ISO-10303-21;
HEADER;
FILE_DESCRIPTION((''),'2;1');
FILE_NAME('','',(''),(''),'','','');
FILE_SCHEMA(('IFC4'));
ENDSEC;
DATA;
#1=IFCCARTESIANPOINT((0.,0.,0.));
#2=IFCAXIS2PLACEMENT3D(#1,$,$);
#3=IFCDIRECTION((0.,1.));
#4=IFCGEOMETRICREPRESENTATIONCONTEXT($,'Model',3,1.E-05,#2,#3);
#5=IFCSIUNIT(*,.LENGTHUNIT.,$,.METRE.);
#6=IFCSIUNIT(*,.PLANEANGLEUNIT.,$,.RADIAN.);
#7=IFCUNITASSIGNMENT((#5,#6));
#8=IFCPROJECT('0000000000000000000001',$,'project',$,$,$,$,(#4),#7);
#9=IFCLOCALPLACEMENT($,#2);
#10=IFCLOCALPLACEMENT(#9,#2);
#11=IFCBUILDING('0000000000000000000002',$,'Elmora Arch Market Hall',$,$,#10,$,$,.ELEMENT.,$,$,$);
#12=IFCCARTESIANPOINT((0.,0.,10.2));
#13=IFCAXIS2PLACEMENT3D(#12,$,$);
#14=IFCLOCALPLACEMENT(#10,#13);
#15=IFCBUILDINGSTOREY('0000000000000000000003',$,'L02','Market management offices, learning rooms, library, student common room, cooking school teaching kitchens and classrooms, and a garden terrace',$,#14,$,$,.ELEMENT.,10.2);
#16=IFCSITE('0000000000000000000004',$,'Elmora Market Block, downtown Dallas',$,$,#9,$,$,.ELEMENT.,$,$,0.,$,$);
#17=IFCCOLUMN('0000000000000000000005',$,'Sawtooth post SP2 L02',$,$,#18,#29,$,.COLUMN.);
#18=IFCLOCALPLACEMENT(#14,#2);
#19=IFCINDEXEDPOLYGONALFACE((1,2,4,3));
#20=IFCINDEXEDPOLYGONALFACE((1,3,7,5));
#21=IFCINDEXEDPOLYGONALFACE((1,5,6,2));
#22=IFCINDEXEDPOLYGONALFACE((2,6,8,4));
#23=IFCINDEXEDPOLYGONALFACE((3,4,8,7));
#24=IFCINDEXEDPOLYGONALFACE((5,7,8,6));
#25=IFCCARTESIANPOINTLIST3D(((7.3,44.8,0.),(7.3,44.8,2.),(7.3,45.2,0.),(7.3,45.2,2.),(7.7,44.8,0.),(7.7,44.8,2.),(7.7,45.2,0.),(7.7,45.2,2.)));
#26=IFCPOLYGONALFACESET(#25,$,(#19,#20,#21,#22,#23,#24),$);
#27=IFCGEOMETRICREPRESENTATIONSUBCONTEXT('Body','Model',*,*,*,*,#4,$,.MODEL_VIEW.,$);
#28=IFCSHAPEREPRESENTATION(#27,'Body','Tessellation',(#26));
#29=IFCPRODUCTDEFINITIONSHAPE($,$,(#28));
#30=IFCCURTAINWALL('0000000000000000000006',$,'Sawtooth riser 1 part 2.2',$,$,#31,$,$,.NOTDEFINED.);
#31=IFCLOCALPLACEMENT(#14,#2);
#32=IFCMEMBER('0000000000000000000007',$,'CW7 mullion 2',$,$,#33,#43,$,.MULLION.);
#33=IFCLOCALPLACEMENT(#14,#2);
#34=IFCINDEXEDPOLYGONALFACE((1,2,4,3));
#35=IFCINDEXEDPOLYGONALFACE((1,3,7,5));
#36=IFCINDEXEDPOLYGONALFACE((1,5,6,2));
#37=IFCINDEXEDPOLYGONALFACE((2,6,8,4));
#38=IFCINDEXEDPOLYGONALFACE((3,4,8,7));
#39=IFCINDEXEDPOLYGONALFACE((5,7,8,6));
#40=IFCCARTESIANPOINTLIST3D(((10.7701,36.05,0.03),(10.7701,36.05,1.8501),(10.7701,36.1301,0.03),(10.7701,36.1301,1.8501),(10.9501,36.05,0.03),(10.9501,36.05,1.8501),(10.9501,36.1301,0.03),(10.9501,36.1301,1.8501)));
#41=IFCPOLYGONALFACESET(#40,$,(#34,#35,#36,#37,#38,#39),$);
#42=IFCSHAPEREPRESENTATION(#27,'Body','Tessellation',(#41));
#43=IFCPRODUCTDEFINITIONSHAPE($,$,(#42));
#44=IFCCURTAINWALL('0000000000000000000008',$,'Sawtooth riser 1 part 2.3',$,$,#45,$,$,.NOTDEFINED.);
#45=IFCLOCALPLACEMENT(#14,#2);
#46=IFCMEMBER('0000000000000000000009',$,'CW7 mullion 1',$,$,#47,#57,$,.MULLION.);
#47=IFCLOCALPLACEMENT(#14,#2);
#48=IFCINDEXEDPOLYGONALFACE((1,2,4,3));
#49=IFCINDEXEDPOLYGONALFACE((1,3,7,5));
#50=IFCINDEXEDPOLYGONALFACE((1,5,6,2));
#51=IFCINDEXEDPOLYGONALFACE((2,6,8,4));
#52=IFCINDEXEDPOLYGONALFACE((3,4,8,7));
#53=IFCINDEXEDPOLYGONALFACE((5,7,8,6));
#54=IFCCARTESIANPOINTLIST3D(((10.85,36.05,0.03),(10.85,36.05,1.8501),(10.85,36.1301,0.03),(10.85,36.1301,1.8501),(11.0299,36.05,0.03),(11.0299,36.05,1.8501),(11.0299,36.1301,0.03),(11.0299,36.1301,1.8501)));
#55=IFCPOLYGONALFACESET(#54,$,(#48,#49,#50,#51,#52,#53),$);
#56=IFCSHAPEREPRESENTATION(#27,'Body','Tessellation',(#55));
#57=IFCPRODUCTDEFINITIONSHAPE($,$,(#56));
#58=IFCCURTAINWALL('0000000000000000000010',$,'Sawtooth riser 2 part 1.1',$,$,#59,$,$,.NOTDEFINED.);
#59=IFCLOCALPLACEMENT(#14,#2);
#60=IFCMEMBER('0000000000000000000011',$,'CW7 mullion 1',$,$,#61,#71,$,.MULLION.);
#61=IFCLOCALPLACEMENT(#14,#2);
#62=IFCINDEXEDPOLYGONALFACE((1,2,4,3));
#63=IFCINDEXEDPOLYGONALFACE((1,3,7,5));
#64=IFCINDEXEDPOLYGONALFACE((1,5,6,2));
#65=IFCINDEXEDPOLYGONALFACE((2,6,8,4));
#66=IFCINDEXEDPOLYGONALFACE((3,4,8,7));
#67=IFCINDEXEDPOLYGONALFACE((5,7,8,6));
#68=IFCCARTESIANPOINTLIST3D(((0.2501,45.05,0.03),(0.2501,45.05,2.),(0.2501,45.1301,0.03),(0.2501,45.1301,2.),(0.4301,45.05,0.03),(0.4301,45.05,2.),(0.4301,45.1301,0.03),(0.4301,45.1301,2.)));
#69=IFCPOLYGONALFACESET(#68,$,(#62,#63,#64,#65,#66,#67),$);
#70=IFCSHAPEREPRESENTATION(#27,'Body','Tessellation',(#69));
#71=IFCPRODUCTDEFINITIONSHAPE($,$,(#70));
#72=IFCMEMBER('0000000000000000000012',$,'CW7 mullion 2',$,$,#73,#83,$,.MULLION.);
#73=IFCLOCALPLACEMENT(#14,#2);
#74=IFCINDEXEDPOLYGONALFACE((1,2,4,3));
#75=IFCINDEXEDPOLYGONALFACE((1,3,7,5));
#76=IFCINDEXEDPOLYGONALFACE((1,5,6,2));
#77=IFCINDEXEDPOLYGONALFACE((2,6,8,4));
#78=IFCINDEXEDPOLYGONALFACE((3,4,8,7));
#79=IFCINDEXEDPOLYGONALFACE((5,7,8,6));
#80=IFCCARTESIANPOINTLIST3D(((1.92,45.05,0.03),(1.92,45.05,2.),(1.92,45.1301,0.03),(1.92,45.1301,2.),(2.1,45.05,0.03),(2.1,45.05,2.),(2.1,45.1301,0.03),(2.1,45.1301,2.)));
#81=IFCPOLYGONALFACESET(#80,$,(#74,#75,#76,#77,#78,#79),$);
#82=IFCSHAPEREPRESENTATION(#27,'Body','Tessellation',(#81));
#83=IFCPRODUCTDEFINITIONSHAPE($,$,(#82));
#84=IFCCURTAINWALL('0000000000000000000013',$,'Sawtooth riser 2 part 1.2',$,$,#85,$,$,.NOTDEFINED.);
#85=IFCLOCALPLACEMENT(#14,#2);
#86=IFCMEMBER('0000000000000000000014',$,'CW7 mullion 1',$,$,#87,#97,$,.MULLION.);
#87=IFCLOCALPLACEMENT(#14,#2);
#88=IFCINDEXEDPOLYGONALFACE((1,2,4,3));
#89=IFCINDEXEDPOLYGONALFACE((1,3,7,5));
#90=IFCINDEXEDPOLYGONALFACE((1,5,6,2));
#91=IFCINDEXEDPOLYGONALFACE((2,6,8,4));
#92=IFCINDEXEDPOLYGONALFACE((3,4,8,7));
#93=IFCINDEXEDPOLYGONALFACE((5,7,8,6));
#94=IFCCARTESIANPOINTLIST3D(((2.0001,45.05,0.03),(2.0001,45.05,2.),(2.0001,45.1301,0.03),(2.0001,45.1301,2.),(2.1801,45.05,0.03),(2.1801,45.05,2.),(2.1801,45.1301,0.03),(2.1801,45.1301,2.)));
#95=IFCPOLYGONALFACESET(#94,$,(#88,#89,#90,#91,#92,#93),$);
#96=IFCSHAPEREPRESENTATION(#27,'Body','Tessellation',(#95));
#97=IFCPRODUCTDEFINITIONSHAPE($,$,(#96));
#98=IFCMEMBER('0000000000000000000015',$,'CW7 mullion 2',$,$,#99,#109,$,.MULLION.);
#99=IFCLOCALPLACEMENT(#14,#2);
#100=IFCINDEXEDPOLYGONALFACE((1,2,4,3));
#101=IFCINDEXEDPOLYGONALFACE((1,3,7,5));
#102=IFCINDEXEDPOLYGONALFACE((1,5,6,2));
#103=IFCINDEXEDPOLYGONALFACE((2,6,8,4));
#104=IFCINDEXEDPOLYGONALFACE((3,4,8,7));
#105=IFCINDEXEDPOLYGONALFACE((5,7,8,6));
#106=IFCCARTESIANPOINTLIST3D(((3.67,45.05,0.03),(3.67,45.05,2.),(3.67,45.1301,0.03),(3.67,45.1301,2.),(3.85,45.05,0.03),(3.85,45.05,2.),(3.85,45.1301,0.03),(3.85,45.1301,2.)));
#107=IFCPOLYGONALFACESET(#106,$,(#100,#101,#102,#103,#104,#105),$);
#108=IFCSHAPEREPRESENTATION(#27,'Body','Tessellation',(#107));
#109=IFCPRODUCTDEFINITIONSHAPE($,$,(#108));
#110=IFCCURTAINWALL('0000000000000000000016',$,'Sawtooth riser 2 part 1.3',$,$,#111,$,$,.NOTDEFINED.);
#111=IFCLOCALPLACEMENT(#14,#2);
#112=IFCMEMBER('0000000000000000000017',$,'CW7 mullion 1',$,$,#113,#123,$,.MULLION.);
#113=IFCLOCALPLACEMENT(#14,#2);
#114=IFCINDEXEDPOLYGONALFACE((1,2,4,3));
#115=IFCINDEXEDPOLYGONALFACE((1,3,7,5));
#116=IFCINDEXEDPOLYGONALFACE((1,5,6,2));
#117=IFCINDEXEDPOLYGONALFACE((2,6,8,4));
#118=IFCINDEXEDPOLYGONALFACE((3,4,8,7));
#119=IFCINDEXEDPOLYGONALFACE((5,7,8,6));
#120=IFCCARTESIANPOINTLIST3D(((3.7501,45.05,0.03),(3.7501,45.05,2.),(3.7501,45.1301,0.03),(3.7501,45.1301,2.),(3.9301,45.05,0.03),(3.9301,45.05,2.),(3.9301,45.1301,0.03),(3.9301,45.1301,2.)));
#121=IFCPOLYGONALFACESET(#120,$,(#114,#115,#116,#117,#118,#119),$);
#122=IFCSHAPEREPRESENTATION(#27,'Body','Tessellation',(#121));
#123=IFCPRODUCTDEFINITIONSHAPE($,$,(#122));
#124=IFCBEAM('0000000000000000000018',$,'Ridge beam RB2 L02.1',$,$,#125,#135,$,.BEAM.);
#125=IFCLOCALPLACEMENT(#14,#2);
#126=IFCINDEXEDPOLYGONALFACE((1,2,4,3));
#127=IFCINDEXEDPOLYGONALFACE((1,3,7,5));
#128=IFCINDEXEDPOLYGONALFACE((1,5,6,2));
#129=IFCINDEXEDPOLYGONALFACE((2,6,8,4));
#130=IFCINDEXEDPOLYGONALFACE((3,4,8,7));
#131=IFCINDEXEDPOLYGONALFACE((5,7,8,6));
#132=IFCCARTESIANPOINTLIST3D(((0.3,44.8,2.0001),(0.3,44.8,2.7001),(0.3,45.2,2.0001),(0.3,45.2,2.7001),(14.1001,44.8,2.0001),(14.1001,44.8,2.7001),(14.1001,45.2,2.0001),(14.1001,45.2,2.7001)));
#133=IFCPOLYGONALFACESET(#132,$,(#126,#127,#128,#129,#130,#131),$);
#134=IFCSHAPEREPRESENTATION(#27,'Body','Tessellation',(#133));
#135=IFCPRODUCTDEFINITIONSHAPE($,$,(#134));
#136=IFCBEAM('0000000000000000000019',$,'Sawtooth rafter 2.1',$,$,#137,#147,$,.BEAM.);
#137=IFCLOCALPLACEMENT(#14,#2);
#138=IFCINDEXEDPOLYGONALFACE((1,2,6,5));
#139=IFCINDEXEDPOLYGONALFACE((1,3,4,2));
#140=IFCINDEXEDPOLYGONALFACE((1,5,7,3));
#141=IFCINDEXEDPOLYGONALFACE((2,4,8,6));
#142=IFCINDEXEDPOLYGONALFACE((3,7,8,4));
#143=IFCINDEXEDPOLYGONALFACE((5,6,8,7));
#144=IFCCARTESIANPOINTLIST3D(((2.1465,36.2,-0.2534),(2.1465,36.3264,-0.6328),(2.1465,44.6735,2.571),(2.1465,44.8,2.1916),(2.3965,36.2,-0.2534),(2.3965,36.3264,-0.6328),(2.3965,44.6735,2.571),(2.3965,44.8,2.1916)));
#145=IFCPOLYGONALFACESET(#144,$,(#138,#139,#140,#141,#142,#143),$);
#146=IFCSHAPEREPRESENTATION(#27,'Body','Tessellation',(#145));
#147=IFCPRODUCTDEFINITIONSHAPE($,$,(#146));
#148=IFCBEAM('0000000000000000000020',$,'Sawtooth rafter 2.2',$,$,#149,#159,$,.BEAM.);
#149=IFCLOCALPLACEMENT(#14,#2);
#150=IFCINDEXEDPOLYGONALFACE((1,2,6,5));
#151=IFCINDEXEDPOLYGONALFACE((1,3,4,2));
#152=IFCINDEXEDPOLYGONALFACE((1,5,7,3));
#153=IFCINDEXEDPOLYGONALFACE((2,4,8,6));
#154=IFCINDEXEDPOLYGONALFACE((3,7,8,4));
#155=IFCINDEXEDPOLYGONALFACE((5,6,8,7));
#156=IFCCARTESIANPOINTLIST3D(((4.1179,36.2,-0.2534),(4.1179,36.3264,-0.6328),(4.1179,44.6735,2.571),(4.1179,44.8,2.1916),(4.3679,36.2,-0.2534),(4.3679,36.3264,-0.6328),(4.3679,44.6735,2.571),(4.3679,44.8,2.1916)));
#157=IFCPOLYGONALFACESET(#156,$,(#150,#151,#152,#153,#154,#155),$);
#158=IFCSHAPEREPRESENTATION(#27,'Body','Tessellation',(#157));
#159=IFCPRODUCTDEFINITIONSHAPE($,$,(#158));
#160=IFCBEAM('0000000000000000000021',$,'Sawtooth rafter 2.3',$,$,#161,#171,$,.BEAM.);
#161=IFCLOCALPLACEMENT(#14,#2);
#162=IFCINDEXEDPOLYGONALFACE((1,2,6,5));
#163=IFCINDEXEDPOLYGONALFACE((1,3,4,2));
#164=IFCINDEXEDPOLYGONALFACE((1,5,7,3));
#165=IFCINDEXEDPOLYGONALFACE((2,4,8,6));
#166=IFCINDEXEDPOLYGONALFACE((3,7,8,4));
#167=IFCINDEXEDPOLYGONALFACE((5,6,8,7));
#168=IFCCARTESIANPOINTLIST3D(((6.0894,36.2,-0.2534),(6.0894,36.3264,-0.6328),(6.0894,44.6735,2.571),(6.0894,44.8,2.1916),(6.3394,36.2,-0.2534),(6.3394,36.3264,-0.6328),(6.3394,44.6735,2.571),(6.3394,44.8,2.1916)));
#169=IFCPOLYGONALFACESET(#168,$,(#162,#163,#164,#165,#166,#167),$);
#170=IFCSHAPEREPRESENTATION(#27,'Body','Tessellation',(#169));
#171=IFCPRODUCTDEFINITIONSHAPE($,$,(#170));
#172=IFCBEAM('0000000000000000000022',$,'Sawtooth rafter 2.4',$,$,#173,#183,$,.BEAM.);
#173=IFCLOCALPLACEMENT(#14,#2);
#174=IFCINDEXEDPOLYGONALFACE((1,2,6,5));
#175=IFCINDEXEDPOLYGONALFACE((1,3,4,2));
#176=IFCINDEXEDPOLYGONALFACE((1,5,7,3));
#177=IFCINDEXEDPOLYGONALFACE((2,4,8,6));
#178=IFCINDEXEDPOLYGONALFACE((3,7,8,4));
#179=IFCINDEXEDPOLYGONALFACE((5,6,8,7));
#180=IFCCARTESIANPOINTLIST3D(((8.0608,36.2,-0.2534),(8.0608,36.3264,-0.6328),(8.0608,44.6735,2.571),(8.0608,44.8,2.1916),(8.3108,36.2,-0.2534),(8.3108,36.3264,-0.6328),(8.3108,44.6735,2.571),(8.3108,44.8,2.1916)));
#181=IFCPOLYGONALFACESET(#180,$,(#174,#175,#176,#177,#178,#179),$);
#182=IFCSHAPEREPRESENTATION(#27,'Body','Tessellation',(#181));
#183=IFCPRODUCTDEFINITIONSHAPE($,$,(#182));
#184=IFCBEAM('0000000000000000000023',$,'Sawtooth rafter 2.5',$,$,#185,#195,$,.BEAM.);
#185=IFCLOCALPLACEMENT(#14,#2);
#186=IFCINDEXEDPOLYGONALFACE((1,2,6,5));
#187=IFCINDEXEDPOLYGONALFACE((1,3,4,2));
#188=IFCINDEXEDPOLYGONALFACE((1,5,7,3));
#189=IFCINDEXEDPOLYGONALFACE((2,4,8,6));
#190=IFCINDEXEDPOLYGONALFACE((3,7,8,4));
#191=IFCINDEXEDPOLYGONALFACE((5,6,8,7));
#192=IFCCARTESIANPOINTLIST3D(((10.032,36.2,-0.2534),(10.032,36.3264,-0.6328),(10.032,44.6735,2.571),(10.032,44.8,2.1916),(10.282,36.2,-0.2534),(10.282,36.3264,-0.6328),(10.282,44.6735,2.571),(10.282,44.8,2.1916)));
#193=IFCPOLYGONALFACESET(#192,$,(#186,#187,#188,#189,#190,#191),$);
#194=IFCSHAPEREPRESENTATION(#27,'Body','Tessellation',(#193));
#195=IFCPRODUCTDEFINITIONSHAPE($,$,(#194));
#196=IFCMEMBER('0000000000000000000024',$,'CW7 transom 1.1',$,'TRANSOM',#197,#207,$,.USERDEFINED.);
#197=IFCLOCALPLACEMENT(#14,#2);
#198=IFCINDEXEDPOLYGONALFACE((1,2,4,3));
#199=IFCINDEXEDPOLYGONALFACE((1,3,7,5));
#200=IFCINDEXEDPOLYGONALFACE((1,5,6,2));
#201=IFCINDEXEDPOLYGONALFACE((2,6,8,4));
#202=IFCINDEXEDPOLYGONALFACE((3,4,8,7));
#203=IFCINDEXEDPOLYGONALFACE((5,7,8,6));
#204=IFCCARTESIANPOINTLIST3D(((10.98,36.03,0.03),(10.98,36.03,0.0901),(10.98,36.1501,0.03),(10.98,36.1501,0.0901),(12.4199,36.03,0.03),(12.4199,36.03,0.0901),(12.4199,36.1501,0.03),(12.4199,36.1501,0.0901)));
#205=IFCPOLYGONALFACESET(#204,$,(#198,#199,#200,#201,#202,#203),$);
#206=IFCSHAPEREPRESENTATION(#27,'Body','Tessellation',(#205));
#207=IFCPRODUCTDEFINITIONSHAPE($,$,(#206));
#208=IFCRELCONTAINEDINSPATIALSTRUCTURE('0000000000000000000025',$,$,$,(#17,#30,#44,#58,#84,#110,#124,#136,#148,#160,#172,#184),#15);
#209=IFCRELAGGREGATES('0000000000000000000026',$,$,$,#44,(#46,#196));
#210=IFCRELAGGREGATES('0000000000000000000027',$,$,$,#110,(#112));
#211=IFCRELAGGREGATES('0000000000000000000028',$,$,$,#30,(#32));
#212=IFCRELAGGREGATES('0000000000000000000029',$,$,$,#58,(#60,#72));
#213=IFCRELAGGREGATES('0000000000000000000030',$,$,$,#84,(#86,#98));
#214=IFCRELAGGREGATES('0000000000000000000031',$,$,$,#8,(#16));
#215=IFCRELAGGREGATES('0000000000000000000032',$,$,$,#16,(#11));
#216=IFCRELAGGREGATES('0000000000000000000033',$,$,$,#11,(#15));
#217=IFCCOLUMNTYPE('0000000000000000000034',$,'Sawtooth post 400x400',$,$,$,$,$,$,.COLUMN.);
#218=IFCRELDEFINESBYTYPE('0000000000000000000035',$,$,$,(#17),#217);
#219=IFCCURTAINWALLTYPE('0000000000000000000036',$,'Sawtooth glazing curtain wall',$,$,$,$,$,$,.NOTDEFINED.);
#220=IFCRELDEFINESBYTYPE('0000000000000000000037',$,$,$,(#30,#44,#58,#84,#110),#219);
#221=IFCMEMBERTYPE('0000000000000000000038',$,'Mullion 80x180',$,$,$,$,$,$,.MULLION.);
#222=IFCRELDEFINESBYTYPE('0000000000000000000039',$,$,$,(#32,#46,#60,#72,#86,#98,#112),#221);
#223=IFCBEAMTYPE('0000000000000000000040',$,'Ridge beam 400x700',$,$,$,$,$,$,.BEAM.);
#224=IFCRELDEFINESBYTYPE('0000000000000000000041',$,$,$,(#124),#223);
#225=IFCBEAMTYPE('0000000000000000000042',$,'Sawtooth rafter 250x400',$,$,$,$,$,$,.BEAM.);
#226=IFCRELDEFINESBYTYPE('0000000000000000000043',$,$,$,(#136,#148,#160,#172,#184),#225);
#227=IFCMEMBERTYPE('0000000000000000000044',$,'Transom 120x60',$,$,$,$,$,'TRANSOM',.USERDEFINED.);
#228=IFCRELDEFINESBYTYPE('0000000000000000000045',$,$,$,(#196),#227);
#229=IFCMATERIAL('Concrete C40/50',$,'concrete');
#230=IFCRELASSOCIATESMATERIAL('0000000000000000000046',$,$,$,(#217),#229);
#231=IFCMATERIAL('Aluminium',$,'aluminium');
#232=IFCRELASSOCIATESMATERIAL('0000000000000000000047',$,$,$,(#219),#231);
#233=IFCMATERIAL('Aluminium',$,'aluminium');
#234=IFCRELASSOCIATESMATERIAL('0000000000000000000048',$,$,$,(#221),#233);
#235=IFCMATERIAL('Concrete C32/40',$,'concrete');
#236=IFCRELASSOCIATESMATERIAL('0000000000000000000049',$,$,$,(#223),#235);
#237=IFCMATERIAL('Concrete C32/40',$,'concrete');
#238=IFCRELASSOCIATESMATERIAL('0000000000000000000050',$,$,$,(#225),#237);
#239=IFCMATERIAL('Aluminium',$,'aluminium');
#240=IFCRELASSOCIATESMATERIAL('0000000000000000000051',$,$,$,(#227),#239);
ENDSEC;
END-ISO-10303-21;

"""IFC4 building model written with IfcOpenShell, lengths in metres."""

from ifc_helpers import new_model, si_unit, direction, frame, origin, origin_2d, place, context, subcontext, project, spatial, rectangle, extrude, material, material_profile, profile_set, type_object, element, aggregate, save


model = new_model("IFC4")

# Units and contexts
model_context = context("Model", 3, precision=1e-05, world=origin(), true_north=direction((0.0, 1.0)))
body_context = subcontext(model_context, "Body", "Model", "MODEL_VIEW")
ifc_project = project(units=[si_unit("LENGTHUNIT", "METRE"), si_unit("PLANEANGLEUNIT", "RADIAN")], contexts=[model_context])

# Site, building, storey
site_placement = place(None, origin())
site = spatial("IfcSite", under=ifc_project, at=site_placement, Name="Elmora Market Block, downtown Dallas", CompositionType="ELEMENT", RefElevation=0.0)
building_placement = place(site_placement, origin())
building = spatial("IfcBuilding", under=site, at=building_placement, Name="Elmora Arch Market Hall", CompositionType="ELEMENT")
storey_placement = place(building_placement, frame((0.0, 0.0, 10.2)))
storey = spatial("IfcBuildingStorey", under=building, at=storey_placement, Name="L02", Description="Market management offices, learning rooms, library, student common room, cooking school teaching kitchens and classrooms, and a garden terrace", CompositionType="ELEMENT", Elevation=10.2)

# Column
ifc_material_1 = material(Name="Concrete C40/50", Category="concrete")
ifc_material_profile_1 = material_profile(ifc_material_1, rectangle(XDim=0.3999, YDim=0.3999, at=origin_2d()), Name="Sawtooth post 400x400")
ifc_profile_set_1 = profile_set([ifc_material_profile_1], Name="Concrete C40/50")
column_type = type_object("IfcColumnType", Name="Sawtooth post 400x400", PredefinedType="COLUMN", material=ifc_profile_set_1)
column_placement = place(storey_placement, frame((7.5, 45.0, 0.0), z_axis=(0.0, 0.0, 1.0), x_axis=(1.0, 0.0, 0.0)))
element("IfcColumn", 1, at=column_placement, inside=storey, type_object=column_type, Name="Sawtooth post SP2 L02", PredefinedType="COLUMN", context=body_context, shape_type="SweptSolid", body=[
    extrude(rectangle(XDim=0.3999, YDim=0.3999, at=origin_2d()), origin(), (0.0, 0.0, 1.0), 2.0),
])

# Curtain walls, members
ifc_material_2 = material(Name="Aluminium", Category="aluminium")
curtain_wall_type = type_object("IfcCurtainWallType", Name="Sawtooth glazing curtain wall", PredefinedType="NOTDEFINED", material=ifc_material_2)
curtain_wall_1_placement = place(storey_placement, origin())
curtain_wall_1 = element("IfcCurtainWall", 2, at=curtain_wall_1_placement, inside=storey, type_object=curtain_wall_type, Name="Sawtooth riser 1 part 2.2", PredefinedType="NOTDEFINED")
ifc_material_3 = material(Name="Aluminium", Category="aluminium")
ifc_material_profile_2 = material_profile(ifc_material_3, rectangle(XDim=0.0801, YDim=0.1799, at=origin_2d()), Name="AL 80x180")
ifc_profile_set_2 = profile_set([ifc_material_profile_2], Name="Aluminium")
member_type_1 = type_object("IfcMemberType", Name="Mullion 80x180", PredefinedType="MULLION", material=ifc_profile_set_2)
member_1_placement = place(storey_placement, frame((10.8601, 36.0901, 0.03), z_axis=(0.0, 0.0, 1.0), x_axis=(0.0, 1.0, 0.0)))
member_1 = element("IfcMember", 3, at=member_1_placement, type_object=member_type_1, Name="CW7 mullion 2", PredefinedType="MULLION", context=body_context, shape_type="SweptSolid", body=[
    extrude(rectangle(XDim=0.0801, YDim=0.1799, at=origin_2d()), origin(), (0.0, 0.0, 1.0), 1.8201),
])
curtain_wall_2_placement = place(storey_placement, origin())
curtain_wall_2 = element("IfcCurtainWall", 4, at=curtain_wall_2_placement, inside=storey, type_object=curtain_wall_type, Name="Sawtooth riser 1 part 2.3", PredefinedType="NOTDEFINED")
member_2_placement = place(storey_placement, frame((10.9399, 36.0901, 0.03), z_axis=(0.0, 0.0, 1.0), x_axis=(0.0, 1.0, 0.0)))
member_2 = element("IfcMember", 5, at=member_2_placement, type_object=member_type_1, Name="CW7 mullion 1", PredefinedType="MULLION", context=body_context, shape_type="SweptSolid", body=[
    extrude(rectangle(XDim=0.0801, YDim=0.1799, at=origin_2d()), origin(), (0.0, 0.0, 1.0), 1.8201),
])

# Curtain walls, members
curtain_wall_3_placement = place(storey_placement, origin())
curtain_wall_3 = element("IfcCurtainWall", 6, at=curtain_wall_3_placement, inside=storey, type_object=curtain_wall_type, Name="Sawtooth riser 2 part 1.1", PredefinedType="NOTDEFINED")
member_3_placement = place(storey_placement, frame((0.3401, 45.0901, 0.03), z_axis=(0.0, 0.0, 1.0), x_axis=(0.0, 1.0, 0.0)))
member_3 = element("IfcMember", 7, at=member_3_placement, type_object=member_type_1, Name="CW7 mullion 1", PredefinedType="MULLION", context=body_context, shape_type="SweptSolid", body=[
    extrude(rectangle(XDim=0.0801, YDim=0.1799, at=origin_2d()), origin(), (0.0, 0.0, 1.0), 1.97),
])
member_4_placement = place(storey_placement, frame((2.01, 45.0901, 0.03), z_axis=(0.0, 0.0, 1.0), x_axis=(0.0, 1.0, 0.0)))
member_4 = element("IfcMember", 8, at=member_4_placement, type_object=member_type_1, Name="CW7 mullion 2", PredefinedType="MULLION", context=body_context, shape_type="SweptSolid", body=[
    extrude(rectangle(XDim=0.0801, YDim=0.1799, at=origin_2d()), origin(), (0.0, 0.0, 1.0), 1.97),
])
curtain_wall_4_placement = place(storey_placement, origin())
curtain_wall_4 = element("IfcCurtainWall", 9, at=curtain_wall_4_placement, inside=storey, type_object=curtain_wall_type, Name="Sawtooth riser 2 part 1.2", PredefinedType="NOTDEFINED")
member_5_placement = place(storey_placement, frame((2.0901, 45.0901, 0.03), z_axis=(0.0, 0.0, 1.0), x_axis=(0.0, 1.0, 0.0)))
member_5 = element("IfcMember", 10, at=member_5_placement, type_object=member_type_1, Name="CW7 mullion 1", PredefinedType="MULLION", context=body_context, shape_type="SweptSolid", body=[
    extrude(rectangle(XDim=0.0801, YDim=0.1799, at=origin_2d()), origin(), (0.0, 0.0, 1.0), 1.97),
])
member_6_placement = place(storey_placement, frame((3.76, 45.0901, 0.03), z_axis=(0.0, 0.0, 1.0), x_axis=(0.0, 1.0, 0.0)))
member_6 = element("IfcMember", 11, at=member_6_placement, type_object=member_type_1, Name="CW7 mullion 2", PredefinedType="MULLION", context=body_context, shape_type="SweptSolid", body=[
    extrude(rectangle(XDim=0.0801, YDim=0.1799, at=origin_2d()), origin(), (0.0, 0.0, 1.0), 1.97),
])

# Curtain wall, member
curtain_wall_5_placement = place(storey_placement, origin())
curtain_wall_5 = element("IfcCurtainWall", 12, at=curtain_wall_5_placement, inside=storey, type_object=curtain_wall_type, Name="Sawtooth riser 2 part 1.3", PredefinedType="NOTDEFINED")
member_7_placement = place(storey_placement, frame((3.8401, 45.0901, 0.03), z_axis=(0.0, 0.0, 1.0), x_axis=(0.0, 1.0, 0.0)))
member_7 = element("IfcMember", 13, at=member_7_placement, type_object=member_type_1, Name="CW7 mullion 1", PredefinedType="MULLION", context=body_context, shape_type="SweptSolid", body=[
    extrude(rectangle(XDim=0.0801, YDim=0.1799, at=origin_2d()), origin(), (0.0, 0.0, 1.0), 1.97),
])

# Beams
ifc_material_4 = material(Name="Concrete C32/40", Category="concrete")
ifc_material_profile_3 = material_profile(ifc_material_4, rectangle(XDim=0.3999, YDim=0.7, at=origin_2d()), Name="Ridge beam 400x700")
ifc_profile_set_3 = profile_set([ifc_material_profile_3], Name="Concrete C32/40")
beam_type_1 = type_object("IfcBeamType", Name="Ridge beam 400x700", PredefinedType="BEAM", material=ifc_profile_set_3)
beam_placement = place(storey_placement, frame((0.3, 45.0, 2.3501), z_axis=(1.0, 0.0, 0.0), x_axis=(0.0, 1.0, 0.0)))
element("IfcBeam", 14, at=beam_placement, inside=storey, type_object=beam_type_1, Name="Ridge beam RB2 L02.1", PredefinedType="BEAM", context=body_context, shape_type="SweptSolid", body=[
    extrude(rectangle(XDim=0.3999, YDim=0.7, at=origin_2d()), origin(), (0.0, 0.0, 1.0), 13.8),
])
ifc_material_5 = material(Name="Concrete C32/40", Category="concrete")
ifc_material_profile_4 = material_profile(ifc_material_5, rectangle(XDim=0.25, YDim=0.3999, at=origin_2d()), Name="Sawtooth rafter 250x400")
ifc_profile_set_4 = profile_set([ifc_material_profile_4], Name="Concrete C32/40")
beam_type_2 = type_object("IfcBeamType", Name="Sawtooth rafter 250x400", PredefinedType="BEAM", material=ifc_profile_set_4)
for number, where, z_axis, x_axis, name in (
    (15, (2.2715, 36.2632, -0.4431), (0.0, 0.948686, 0.31622), (-1.0, 0.0, 0.0), "Sawtooth rafter 2.1"),
    (16, (4.2429, 36.2632, -0.4431), (0.0, 0.948686, 0.31622), (-1.0, 0.0, 0.0), "Sawtooth rafter 2.2"),
    (17, (6.2144, 36.2632, -0.4431), (0.0, 0.948686, 0.31622), (-1.0, 0.0, 0.0), "Sawtooth rafter 2.3"),
    (18, (8.1858, 36.2632, -0.4431), (0.0, 0.948686, 0.31622), (-1.0, 0.0, 0.0), "Sawtooth rafter 2.4"),
    (19, (10.157, 36.2632, -0.4431), (0.0, 0.948686, 0.31622), (-1.0, 0.0, 0.0), "Sawtooth rafter 2.5"),
):
    element("IfcBeam", number, at=place(storey_placement, frame(where, z_axis=z_axis, x_axis=x_axis)), inside=storey, type_object=beam_type_2, Name=name, PredefinedType="BEAM", context=body_context, shape_type="SweptSolid", body=[
        extrude(rectangle(XDim=0.25, YDim=0.3999, at=origin_2d()), origin(), (0.0, 0.0, 1.0), 8.9319),
    ])

# Member
ifc_material_6 = material(Name="Aluminium", Category="aluminium")
ifc_material_profile_5 = material_profile(ifc_material_6, rectangle(XDim=0.1201, YDim=0.0601, at=origin_2d()), Name="AL 120x60")
ifc_profile_set_5 = profile_set([ifc_material_profile_5], Name="Aluminium")
member_type_2 = type_object("IfcMemberType", Name="Transom 120x60", ElementType="TRANSOM", PredefinedType="USERDEFINED", material=ifc_profile_set_5)
member_8_placement = place(storey_placement, frame((10.98, 36.0901, 0.0601), z_axis=(1.0, 0.0, 0.0), x_axis=(0.0, 1.0, 0.0)))
member_8 = element("IfcMember", 20, at=member_8_placement, type_object=member_type_2, Name="CW7 transom 1.1", ObjectType="TRANSOM", PredefinedType="USERDEFINED", context=body_context, shape_type="SweptSolid", body=[
    extrude(rectangle(XDim=0.1201, YDim=0.0601, at=origin_2d()), origin(), (0.0, 0.0, 1.0), 1.4399),
])
aggregate(curtain_wall_2, [member_2, member_8])
aggregate(curtain_wall_5, [member_7])

aggregate(curtain_wall_1, [member_1])
aggregate(curtain_wall_3, [member_3, member_4])
aggregate(curtain_wall_4, [member_5, member_6])

save(model, "model.ifc")
